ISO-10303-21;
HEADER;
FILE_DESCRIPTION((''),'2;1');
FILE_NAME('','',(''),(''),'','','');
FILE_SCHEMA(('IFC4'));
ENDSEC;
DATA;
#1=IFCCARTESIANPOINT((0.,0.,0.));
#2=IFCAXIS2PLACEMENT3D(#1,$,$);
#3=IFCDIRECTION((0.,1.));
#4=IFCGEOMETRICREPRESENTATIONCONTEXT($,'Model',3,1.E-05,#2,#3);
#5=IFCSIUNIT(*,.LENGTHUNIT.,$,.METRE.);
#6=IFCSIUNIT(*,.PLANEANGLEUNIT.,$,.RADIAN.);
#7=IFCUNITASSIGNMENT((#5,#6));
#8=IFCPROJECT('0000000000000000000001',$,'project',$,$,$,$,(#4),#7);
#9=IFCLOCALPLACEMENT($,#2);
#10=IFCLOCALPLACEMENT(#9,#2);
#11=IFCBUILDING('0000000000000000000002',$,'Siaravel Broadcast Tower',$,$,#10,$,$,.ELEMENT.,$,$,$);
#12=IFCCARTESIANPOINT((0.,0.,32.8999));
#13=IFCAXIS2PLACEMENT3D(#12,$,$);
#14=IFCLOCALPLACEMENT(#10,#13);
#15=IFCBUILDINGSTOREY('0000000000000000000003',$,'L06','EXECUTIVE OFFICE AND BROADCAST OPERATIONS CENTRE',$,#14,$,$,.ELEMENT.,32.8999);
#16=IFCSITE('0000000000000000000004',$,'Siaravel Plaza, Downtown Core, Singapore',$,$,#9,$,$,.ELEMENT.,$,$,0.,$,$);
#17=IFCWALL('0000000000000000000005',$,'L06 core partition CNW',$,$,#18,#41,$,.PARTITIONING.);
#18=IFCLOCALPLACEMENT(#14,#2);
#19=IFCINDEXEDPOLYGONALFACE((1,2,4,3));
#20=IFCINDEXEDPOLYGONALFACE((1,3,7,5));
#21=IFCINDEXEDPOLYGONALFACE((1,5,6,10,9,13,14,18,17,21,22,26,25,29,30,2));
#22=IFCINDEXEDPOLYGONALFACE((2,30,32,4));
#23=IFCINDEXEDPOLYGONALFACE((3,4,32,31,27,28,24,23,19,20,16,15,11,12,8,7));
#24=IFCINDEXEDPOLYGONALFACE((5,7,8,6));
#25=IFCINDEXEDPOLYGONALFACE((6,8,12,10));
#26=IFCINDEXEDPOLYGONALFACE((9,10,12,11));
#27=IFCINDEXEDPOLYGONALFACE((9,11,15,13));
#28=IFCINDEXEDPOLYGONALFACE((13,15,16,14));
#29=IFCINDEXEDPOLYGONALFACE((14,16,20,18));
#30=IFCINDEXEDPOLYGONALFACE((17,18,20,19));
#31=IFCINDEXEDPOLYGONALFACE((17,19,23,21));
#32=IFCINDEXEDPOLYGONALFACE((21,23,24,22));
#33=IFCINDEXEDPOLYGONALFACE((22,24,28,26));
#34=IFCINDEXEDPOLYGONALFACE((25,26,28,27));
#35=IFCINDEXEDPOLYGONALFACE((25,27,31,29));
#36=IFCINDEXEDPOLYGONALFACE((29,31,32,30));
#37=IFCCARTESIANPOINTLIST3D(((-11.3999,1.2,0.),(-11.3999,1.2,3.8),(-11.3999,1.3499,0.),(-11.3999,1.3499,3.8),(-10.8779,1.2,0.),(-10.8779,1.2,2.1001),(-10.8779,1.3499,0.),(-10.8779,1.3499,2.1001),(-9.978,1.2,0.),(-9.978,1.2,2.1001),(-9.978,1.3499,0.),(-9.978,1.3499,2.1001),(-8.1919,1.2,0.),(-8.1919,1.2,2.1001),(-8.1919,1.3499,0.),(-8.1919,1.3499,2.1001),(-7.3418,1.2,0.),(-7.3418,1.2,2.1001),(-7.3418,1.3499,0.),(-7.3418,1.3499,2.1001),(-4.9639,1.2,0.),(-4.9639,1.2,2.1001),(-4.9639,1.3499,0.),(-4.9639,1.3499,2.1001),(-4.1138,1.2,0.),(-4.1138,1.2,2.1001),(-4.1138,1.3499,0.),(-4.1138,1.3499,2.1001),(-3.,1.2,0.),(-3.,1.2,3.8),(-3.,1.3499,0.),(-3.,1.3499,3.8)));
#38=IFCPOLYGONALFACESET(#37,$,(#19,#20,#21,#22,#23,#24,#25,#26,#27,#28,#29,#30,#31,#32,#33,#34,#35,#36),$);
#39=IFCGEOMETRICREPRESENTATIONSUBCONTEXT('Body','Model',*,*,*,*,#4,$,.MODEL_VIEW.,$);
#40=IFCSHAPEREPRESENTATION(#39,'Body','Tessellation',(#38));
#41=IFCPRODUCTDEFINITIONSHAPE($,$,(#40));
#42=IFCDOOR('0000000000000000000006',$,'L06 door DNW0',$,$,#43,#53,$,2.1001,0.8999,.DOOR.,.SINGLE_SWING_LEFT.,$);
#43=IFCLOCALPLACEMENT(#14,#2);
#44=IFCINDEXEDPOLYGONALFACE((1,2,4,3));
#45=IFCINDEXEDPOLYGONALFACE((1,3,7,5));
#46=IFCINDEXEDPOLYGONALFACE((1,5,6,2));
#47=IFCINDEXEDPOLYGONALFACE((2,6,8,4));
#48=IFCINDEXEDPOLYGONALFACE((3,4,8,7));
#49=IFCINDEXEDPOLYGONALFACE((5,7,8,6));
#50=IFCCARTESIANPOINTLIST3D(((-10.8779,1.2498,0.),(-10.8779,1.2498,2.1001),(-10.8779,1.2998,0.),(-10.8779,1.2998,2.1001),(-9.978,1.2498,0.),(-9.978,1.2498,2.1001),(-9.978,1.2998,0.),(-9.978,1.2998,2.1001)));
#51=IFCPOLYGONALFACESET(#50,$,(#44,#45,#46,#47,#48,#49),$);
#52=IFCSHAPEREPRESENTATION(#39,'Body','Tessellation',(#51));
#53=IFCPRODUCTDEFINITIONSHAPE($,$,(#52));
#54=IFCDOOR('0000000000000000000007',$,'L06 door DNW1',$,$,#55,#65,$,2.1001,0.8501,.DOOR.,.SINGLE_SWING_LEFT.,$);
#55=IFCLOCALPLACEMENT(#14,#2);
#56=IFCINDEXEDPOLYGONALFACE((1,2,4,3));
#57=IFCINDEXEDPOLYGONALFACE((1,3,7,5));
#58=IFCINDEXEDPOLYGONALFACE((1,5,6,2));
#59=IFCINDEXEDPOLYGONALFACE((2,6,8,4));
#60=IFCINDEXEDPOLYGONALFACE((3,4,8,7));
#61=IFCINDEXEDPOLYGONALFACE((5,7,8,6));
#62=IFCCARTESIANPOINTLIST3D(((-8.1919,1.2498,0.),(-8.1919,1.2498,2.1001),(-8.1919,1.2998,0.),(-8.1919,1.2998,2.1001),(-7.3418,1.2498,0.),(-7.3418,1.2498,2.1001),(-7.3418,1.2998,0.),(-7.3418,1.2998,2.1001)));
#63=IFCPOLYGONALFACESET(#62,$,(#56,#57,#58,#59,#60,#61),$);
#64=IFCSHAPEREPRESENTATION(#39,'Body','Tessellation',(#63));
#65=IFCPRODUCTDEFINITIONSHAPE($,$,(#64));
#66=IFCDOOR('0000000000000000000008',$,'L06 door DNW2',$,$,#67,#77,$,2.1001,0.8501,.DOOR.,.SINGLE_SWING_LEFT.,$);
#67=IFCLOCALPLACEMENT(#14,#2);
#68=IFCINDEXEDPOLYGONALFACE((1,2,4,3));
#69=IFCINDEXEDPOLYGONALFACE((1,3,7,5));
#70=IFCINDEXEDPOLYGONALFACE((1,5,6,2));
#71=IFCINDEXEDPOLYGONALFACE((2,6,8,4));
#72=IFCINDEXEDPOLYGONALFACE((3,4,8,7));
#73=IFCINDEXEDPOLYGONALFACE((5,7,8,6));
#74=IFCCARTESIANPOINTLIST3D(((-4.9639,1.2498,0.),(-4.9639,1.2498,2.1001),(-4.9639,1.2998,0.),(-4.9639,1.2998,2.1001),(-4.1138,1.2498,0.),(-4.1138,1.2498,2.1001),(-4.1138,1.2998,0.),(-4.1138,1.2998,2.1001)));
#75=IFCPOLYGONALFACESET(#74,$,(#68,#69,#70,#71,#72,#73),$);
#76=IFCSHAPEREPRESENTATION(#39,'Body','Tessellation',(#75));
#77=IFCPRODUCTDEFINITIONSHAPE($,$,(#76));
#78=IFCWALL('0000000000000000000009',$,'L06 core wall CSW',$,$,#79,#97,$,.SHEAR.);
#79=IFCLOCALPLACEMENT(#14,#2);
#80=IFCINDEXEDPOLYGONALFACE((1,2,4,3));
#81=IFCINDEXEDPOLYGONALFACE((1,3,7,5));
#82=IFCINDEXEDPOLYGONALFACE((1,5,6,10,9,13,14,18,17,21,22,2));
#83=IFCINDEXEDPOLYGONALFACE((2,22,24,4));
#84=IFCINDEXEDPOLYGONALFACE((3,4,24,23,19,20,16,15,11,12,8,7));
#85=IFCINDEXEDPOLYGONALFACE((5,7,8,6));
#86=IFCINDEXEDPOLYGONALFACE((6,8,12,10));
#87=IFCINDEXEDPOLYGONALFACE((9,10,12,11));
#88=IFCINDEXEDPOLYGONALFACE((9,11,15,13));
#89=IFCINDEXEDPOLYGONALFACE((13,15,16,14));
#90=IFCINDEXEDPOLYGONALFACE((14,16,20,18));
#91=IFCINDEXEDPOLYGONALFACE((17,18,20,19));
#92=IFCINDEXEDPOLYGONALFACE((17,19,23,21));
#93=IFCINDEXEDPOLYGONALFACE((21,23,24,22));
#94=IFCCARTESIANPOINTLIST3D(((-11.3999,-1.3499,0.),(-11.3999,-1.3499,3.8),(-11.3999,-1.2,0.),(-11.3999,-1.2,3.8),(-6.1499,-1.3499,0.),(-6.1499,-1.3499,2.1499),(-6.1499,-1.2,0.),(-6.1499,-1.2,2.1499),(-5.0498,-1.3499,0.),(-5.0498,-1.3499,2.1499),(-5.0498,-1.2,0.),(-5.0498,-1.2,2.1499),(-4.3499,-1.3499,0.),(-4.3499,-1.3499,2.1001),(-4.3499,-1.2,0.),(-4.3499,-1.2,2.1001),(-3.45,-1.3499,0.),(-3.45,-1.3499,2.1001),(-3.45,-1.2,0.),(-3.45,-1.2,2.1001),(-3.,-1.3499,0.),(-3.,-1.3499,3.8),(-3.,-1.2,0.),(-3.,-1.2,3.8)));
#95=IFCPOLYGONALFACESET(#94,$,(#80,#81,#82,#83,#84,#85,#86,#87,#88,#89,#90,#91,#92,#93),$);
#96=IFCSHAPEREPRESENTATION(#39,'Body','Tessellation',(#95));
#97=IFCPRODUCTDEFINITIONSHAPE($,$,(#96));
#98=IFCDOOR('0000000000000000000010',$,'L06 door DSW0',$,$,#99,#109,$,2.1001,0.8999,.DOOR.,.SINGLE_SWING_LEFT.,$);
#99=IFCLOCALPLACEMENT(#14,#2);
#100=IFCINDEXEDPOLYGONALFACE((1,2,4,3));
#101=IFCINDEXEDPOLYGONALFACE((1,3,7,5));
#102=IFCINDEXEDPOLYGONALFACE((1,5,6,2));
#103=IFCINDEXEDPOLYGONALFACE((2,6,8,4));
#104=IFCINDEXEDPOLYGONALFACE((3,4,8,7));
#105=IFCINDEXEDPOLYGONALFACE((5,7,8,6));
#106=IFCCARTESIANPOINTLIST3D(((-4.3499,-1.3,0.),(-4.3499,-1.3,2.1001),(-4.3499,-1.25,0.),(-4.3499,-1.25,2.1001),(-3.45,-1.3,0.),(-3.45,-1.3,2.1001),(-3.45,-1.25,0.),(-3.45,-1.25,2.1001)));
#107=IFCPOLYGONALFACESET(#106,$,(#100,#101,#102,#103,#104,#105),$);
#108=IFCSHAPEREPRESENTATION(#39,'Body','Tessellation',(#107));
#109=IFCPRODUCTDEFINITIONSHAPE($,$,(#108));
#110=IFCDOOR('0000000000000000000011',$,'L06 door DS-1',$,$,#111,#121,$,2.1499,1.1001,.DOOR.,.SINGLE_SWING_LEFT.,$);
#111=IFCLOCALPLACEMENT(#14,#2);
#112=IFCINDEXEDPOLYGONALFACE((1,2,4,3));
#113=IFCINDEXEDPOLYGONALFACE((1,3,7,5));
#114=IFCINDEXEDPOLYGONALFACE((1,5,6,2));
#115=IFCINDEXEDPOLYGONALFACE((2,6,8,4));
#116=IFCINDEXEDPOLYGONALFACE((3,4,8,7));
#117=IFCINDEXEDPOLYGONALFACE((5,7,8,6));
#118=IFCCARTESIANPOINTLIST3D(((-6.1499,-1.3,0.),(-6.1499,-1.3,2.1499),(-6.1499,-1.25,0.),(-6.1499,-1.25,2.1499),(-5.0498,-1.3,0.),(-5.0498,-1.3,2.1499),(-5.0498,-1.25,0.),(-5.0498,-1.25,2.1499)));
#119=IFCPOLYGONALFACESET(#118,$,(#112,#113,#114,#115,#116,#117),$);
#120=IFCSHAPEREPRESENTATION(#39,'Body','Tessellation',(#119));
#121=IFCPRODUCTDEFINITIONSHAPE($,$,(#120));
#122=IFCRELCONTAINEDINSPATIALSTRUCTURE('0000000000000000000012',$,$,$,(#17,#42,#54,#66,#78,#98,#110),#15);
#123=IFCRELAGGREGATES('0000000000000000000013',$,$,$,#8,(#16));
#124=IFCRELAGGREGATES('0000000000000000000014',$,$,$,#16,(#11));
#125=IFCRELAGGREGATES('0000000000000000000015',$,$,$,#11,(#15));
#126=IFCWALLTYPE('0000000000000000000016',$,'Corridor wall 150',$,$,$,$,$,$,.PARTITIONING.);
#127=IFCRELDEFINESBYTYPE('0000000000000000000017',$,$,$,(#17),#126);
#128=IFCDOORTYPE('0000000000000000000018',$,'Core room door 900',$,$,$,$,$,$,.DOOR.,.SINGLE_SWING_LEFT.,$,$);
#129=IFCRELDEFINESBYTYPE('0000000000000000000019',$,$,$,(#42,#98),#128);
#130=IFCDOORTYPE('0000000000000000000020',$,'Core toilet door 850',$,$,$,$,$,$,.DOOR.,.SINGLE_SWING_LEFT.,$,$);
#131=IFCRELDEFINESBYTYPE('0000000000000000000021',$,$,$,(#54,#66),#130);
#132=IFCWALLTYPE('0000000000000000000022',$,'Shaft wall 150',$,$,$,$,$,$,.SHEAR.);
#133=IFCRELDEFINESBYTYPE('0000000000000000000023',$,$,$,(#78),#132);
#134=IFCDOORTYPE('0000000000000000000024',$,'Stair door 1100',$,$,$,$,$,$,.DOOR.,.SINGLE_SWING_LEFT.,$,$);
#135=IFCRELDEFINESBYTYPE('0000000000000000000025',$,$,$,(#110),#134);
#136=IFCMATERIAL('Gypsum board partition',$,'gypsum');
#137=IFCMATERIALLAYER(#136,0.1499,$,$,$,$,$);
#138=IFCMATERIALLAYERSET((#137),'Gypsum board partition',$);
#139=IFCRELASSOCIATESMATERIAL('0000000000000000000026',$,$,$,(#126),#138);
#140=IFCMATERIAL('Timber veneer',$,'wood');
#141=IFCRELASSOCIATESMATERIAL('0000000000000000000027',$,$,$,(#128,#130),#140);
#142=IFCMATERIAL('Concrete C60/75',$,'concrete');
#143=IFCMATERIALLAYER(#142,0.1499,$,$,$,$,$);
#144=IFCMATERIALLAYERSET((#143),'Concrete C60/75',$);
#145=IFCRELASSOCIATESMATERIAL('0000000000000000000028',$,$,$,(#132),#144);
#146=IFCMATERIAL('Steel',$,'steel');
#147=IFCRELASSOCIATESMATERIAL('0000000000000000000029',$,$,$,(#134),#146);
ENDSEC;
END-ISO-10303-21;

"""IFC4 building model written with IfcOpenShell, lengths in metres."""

from ifc_helpers import new_model, si_unit, direction, frame, frame_2d, origin, place, context, subcontext, project, spatial, rectangle, extrude, material, layer, layer_set, type_object, element, fill, save


model = new_model("IFC4")

# Units and contexts
model_context = context("Model", 3, precision=1e-05, world=origin(), true_north=direction((0.0, 1.0)))
body_context = subcontext(model_context, "Body", "Model", "MODEL_VIEW")
ifc_project = project(units=[si_unit("LENGTHUNIT", "METRE"), si_unit("PLANEANGLEUNIT", "RADIAN")], contexts=[model_context])

# Site, building, storey
site_placement = place(None, origin())
site = spatial("IfcSite", under=ifc_project, at=site_placement, Name="Siaravel Plaza, Downtown Core, Singapore", CompositionType="ELEMENT", RefElevation=0.0)
building_placement = place(site_placement, origin())
building = spatial("IfcBuilding", under=site, at=building_placement, Name="Siaravel Broadcast Tower", CompositionType="ELEMENT")
storey_placement = place(building_placement, frame((0.0, 0.0, 32.8999)))
storey = spatial("IfcBuildingStorey", under=building, at=storey_placement, Name="L06", Description="EXECUTIVE OFFICE AND BROADCAST OPERATIONS CENTRE", CompositionType="ELEMENT", Elevation=32.8999)

# Walls, openings, doors
ifc_material_1 = material(Name="Gypsum board partition", Category="gypsum")
ifc_layer_1 = layer(ifc_material_1, 0.1499)
ifc_layer_set_1 = layer_set([ifc_layer_1], Name="Gypsum board partition")
wall_type_1 = type_object("IfcWallType", Name="Corridor wall 150", PredefinedType="PARTITIONING", material=ifc_layer_set_1)
wall_1_placement = place(storey_placement, frame((-11.3999, 1.2749, 0.0), z_axis=(0.0, 0.0, 1.0), x_axis=(1.0, 0.0, 0.0)))
wall_1 = element("IfcWall", 1, at=wall_1_placement, inside=storey, type_object=wall_type_1, Name="L06 core partition CNW", PredefinedType="PARTITIONING", context=body_context, shape_type="SweptSolid", body=[
    extrude(rectangle(XDim=8.3999, YDim=0.1499, at=frame_2d((4.2, 0.0))), origin(), (0.0, 0.0, 1.0), 3.8),
])
opening_1_placement = place(wall_1_placement, frame((0.522, 0.0, 0.0)))
opening_1 = element("IfcOpeningElement", 2, at=opening_1_placement, cuts=wall_1, PredefinedType="OPENING", context=body_context, shape_type="SweptSolid", body=[
    extrude(rectangle(XDim=0.8999, YDim=2.1001, at=frame_2d((0.45, 1.05))), frame((0.0, 0.085, 0.0), z_axis=(0.0, -1.0, 0.0), x_axis=(1.0, 0.0, 0.0)), (0.0, 0.0, 1.0), 0.1699),
])
opening_2_placement = place(wall_1_placement, frame((3.208, 0.0, 0.0)))
opening_2 = element("IfcOpeningElement", 3, at=opening_2_placement, cuts=wall_1, PredefinedType="OPENING", context=body_context, shape_type="SweptSolid", body=[
    extrude(rectangle(XDim=0.8501, YDim=2.1001, at=frame_2d((0.425, 1.05))), frame((0.0, 0.085, 0.0), z_axis=(0.0, -1.0, 0.0), x_axis=(1.0, 0.0, 0.0)), (0.0, 0.0, 1.0), 0.1699),
])
opening_3_placement = place(wall_1_placement, frame((6.436, 0.0, 0.0)))
opening_3 = element("IfcOpeningElement", 4, at=opening_3_placement, cuts=wall_1, PredefinedType="OPENING", context=body_context, shape_type="SweptSolid", body=[
    extrude(rectangle(XDim=0.8501, YDim=2.1001, at=frame_2d((0.425, 1.05))), frame((0.0, 0.085, 0.0), z_axis=(0.0, -1.0, 0.0), x_axis=(1.0, 0.0, 0.0)), (0.0, 0.0, 1.0), 0.1699),
])
ifc_material_2 = material(Name="Timber veneer", Category="wood")
door_type_1 = type_object("IfcDoorType", Name="Core room door 900", OperationType="SINGLE_SWING_LEFT", PredefinedType="DOOR", material=ifc_material_2)
door_1_placement = place(opening_1_placement, origin())
door_1 = element("IfcDoor", 5, at=door_1_placement, inside=storey, type_object=door_type_1, Name="L06 door DNW0", OperationType="SINGLE_SWING_LEFT", OverallHeight=2.1001, OverallWidth=0.8999, PredefinedType="DOOR", context=body_context, shape_type="SweptSolid", body=[
    extrude(rectangle(XDim=0.8999, YDim=2.1001, at=frame_2d((0.45, 1.05))), frame((0.0, 0.0249, 0.0), z_axis=(0.0, -1.0, 0.0), x_axis=(1.0, 0.0, 0.0)), (0.0, 0.0, 1.0), 0.05),
])
fill(opening_1, door_1)
door_type_2 = type_object("IfcDoorType", Name="Core toilet door 850", OperationType="SINGLE_SWING_LEFT", PredefinedType="DOOR", material=ifc_material_2)
door_2_placement = place(opening_2_placement, origin())
door_2 = element("IfcDoor", 6, at=door_2_placement, inside=storey, type_object=door_type_2, Name="L06 door DNW1", OperationType="SINGLE_SWING_LEFT", OverallHeight=2.1001, OverallWidth=0.8501, PredefinedType="DOOR", context=body_context, shape_type="SweptSolid", body=[
    extrude(rectangle(XDim=0.8501, YDim=2.1001, at=frame_2d((0.425, 1.05))), frame((0.0, 0.0249, 0.0), z_axis=(0.0, -1.0, 0.0), x_axis=(1.0, 0.0, 0.0)), (0.0, 0.0, 1.0), 0.05),
])
fill(opening_2, door_2)
door_3_placement = place(opening_3_placement, origin())
door_3 = element("IfcDoor", 7, at=door_3_placement, inside=storey, type_object=door_type_2, Name="L06 door DNW2", OperationType="SINGLE_SWING_LEFT", OverallHeight=2.1001, OverallWidth=0.8501, PredefinedType="DOOR", context=body_context, shape_type="SweptSolid", body=[
    extrude(rectangle(XDim=0.8501, YDim=2.1001, at=frame_2d((0.425, 1.05))), frame((0.0, 0.0249, 0.0), z_axis=(0.0, -1.0, 0.0), x_axis=(1.0, 0.0, 0.0)), (0.0, 0.0, 1.0), 0.05),
])
fill(opening_3, door_3)
ifc_material_3 = material(Name="Concrete C60/75", Category="concrete")
ifc_layer_2 = layer(ifc_material_3, 0.1499)
ifc_layer_set_2 = layer_set([ifc_layer_2], Name="Concrete C60/75")
wall_type_2 = type_object("IfcWallType", Name="Shaft wall 150", PredefinedType="SHEAR", material=ifc_layer_set_2)
wall_2_placement = place(storey_placement, frame((-11.3999, -1.2749, 0.0), z_axis=(0.0, 0.0, 1.0), x_axis=(1.0, 0.0, 0.0)))
wall_2 = element("IfcWall", 8, at=wall_2_placement, inside=storey, type_object=wall_type_2, Name="L06 core wall CSW", PredefinedType="SHEAR", context=body_context, shape_type="SweptSolid", body=[
    extrude(rectangle(XDim=8.3999, YDim=0.1499, at=frame_2d((4.2, 0.0))), origin(), (0.0, 0.0, 1.0), 3.8),
])
opening_4_placement = place(wall_2_placement, frame((5.25, 0.0, 0.0)))
opening_4 = element("IfcOpeningElement", 9, at=opening_4_placement, cuts=wall_2, PredefinedType="OPENING", context=body_context, shape_type="SweptSolid", body=[
    extrude(rectangle(XDim=1.1001, YDim=2.1499, at=frame_2d((0.55, 1.075))), frame((0.0, 0.085, 0.0), z_axis=(0.0, -1.0, 0.0), x_axis=(1.0, 0.0, 0.0)), (0.0, 0.0, 1.0), 0.1699),
])
opening_5_placement = place(wall_2_placement, frame((7.05, 0.0, 0.0)))
opening_5 = element("IfcOpeningElement", 10, at=opening_5_placement, cuts=wall_2, PredefinedType="OPENING", context=body_context, shape_type="SweptSolid", body=[
    extrude(rectangle(XDim=0.8999, YDim=2.1001, at=frame_2d((0.45, 1.05))), frame((0.0, 0.085, 0.0), z_axis=(0.0, -1.0, 0.0), x_axis=(1.0, 0.0, 0.0)), (0.0, 0.0, 1.0), 0.1699),
])
door_4_placement = place(opening_5_placement, origin())
door_4 = element("IfcDoor", 11, at=door_4_placement, inside=storey, type_object=door_type_1, Name="L06 door DSW0", OperationType="SINGLE_SWING_LEFT", OverallHeight=2.1001, OverallWidth=0.8999, PredefinedType="DOOR", context=body_context, shape_type="SweptSolid", body=[
    extrude(rectangle(XDim=0.8999, YDim=2.1001, at=frame_2d((0.45, 1.05))), frame((0.0, 0.0249, 0.0), z_axis=(0.0, -1.0, 0.0), x_axis=(1.0, 0.0, 0.0)), (0.0, 0.0, 1.0), 0.05),
])
fill(opening_5, door_4)
ifc_material_4 = material(Name="Steel", Category="steel")
door_type_3 = type_object("IfcDoorType", Name="Stair door 1100", OperationType="SINGLE_SWING_LEFT", PredefinedType="DOOR", material=ifc_material_4)
door_5_placement = place(opening_4_placement, origin())
door_5 = element("IfcDoor", 12, at=door_5_placement, inside=storey, type_object=door_type_3, Name="L06 door DS-1", OperationType="SINGLE_SWING_LEFT", OverallHeight=2.1499, OverallWidth=1.1001, PredefinedType="DOOR", context=body_context, shape_type="SweptSolid", body=[
    extrude(rectangle(XDim=1.1001, YDim=2.1499, at=frame_2d((0.55, 1.075))), frame((0.0, 0.0249, 0.0), z_axis=(0.0, -1.0, 0.0), x_axis=(1.0, 0.0, 0.0)), (0.0, 0.0, 1.0), 0.05),
])
fill(opening_4, door_5)

save(model, "model.ifc")
